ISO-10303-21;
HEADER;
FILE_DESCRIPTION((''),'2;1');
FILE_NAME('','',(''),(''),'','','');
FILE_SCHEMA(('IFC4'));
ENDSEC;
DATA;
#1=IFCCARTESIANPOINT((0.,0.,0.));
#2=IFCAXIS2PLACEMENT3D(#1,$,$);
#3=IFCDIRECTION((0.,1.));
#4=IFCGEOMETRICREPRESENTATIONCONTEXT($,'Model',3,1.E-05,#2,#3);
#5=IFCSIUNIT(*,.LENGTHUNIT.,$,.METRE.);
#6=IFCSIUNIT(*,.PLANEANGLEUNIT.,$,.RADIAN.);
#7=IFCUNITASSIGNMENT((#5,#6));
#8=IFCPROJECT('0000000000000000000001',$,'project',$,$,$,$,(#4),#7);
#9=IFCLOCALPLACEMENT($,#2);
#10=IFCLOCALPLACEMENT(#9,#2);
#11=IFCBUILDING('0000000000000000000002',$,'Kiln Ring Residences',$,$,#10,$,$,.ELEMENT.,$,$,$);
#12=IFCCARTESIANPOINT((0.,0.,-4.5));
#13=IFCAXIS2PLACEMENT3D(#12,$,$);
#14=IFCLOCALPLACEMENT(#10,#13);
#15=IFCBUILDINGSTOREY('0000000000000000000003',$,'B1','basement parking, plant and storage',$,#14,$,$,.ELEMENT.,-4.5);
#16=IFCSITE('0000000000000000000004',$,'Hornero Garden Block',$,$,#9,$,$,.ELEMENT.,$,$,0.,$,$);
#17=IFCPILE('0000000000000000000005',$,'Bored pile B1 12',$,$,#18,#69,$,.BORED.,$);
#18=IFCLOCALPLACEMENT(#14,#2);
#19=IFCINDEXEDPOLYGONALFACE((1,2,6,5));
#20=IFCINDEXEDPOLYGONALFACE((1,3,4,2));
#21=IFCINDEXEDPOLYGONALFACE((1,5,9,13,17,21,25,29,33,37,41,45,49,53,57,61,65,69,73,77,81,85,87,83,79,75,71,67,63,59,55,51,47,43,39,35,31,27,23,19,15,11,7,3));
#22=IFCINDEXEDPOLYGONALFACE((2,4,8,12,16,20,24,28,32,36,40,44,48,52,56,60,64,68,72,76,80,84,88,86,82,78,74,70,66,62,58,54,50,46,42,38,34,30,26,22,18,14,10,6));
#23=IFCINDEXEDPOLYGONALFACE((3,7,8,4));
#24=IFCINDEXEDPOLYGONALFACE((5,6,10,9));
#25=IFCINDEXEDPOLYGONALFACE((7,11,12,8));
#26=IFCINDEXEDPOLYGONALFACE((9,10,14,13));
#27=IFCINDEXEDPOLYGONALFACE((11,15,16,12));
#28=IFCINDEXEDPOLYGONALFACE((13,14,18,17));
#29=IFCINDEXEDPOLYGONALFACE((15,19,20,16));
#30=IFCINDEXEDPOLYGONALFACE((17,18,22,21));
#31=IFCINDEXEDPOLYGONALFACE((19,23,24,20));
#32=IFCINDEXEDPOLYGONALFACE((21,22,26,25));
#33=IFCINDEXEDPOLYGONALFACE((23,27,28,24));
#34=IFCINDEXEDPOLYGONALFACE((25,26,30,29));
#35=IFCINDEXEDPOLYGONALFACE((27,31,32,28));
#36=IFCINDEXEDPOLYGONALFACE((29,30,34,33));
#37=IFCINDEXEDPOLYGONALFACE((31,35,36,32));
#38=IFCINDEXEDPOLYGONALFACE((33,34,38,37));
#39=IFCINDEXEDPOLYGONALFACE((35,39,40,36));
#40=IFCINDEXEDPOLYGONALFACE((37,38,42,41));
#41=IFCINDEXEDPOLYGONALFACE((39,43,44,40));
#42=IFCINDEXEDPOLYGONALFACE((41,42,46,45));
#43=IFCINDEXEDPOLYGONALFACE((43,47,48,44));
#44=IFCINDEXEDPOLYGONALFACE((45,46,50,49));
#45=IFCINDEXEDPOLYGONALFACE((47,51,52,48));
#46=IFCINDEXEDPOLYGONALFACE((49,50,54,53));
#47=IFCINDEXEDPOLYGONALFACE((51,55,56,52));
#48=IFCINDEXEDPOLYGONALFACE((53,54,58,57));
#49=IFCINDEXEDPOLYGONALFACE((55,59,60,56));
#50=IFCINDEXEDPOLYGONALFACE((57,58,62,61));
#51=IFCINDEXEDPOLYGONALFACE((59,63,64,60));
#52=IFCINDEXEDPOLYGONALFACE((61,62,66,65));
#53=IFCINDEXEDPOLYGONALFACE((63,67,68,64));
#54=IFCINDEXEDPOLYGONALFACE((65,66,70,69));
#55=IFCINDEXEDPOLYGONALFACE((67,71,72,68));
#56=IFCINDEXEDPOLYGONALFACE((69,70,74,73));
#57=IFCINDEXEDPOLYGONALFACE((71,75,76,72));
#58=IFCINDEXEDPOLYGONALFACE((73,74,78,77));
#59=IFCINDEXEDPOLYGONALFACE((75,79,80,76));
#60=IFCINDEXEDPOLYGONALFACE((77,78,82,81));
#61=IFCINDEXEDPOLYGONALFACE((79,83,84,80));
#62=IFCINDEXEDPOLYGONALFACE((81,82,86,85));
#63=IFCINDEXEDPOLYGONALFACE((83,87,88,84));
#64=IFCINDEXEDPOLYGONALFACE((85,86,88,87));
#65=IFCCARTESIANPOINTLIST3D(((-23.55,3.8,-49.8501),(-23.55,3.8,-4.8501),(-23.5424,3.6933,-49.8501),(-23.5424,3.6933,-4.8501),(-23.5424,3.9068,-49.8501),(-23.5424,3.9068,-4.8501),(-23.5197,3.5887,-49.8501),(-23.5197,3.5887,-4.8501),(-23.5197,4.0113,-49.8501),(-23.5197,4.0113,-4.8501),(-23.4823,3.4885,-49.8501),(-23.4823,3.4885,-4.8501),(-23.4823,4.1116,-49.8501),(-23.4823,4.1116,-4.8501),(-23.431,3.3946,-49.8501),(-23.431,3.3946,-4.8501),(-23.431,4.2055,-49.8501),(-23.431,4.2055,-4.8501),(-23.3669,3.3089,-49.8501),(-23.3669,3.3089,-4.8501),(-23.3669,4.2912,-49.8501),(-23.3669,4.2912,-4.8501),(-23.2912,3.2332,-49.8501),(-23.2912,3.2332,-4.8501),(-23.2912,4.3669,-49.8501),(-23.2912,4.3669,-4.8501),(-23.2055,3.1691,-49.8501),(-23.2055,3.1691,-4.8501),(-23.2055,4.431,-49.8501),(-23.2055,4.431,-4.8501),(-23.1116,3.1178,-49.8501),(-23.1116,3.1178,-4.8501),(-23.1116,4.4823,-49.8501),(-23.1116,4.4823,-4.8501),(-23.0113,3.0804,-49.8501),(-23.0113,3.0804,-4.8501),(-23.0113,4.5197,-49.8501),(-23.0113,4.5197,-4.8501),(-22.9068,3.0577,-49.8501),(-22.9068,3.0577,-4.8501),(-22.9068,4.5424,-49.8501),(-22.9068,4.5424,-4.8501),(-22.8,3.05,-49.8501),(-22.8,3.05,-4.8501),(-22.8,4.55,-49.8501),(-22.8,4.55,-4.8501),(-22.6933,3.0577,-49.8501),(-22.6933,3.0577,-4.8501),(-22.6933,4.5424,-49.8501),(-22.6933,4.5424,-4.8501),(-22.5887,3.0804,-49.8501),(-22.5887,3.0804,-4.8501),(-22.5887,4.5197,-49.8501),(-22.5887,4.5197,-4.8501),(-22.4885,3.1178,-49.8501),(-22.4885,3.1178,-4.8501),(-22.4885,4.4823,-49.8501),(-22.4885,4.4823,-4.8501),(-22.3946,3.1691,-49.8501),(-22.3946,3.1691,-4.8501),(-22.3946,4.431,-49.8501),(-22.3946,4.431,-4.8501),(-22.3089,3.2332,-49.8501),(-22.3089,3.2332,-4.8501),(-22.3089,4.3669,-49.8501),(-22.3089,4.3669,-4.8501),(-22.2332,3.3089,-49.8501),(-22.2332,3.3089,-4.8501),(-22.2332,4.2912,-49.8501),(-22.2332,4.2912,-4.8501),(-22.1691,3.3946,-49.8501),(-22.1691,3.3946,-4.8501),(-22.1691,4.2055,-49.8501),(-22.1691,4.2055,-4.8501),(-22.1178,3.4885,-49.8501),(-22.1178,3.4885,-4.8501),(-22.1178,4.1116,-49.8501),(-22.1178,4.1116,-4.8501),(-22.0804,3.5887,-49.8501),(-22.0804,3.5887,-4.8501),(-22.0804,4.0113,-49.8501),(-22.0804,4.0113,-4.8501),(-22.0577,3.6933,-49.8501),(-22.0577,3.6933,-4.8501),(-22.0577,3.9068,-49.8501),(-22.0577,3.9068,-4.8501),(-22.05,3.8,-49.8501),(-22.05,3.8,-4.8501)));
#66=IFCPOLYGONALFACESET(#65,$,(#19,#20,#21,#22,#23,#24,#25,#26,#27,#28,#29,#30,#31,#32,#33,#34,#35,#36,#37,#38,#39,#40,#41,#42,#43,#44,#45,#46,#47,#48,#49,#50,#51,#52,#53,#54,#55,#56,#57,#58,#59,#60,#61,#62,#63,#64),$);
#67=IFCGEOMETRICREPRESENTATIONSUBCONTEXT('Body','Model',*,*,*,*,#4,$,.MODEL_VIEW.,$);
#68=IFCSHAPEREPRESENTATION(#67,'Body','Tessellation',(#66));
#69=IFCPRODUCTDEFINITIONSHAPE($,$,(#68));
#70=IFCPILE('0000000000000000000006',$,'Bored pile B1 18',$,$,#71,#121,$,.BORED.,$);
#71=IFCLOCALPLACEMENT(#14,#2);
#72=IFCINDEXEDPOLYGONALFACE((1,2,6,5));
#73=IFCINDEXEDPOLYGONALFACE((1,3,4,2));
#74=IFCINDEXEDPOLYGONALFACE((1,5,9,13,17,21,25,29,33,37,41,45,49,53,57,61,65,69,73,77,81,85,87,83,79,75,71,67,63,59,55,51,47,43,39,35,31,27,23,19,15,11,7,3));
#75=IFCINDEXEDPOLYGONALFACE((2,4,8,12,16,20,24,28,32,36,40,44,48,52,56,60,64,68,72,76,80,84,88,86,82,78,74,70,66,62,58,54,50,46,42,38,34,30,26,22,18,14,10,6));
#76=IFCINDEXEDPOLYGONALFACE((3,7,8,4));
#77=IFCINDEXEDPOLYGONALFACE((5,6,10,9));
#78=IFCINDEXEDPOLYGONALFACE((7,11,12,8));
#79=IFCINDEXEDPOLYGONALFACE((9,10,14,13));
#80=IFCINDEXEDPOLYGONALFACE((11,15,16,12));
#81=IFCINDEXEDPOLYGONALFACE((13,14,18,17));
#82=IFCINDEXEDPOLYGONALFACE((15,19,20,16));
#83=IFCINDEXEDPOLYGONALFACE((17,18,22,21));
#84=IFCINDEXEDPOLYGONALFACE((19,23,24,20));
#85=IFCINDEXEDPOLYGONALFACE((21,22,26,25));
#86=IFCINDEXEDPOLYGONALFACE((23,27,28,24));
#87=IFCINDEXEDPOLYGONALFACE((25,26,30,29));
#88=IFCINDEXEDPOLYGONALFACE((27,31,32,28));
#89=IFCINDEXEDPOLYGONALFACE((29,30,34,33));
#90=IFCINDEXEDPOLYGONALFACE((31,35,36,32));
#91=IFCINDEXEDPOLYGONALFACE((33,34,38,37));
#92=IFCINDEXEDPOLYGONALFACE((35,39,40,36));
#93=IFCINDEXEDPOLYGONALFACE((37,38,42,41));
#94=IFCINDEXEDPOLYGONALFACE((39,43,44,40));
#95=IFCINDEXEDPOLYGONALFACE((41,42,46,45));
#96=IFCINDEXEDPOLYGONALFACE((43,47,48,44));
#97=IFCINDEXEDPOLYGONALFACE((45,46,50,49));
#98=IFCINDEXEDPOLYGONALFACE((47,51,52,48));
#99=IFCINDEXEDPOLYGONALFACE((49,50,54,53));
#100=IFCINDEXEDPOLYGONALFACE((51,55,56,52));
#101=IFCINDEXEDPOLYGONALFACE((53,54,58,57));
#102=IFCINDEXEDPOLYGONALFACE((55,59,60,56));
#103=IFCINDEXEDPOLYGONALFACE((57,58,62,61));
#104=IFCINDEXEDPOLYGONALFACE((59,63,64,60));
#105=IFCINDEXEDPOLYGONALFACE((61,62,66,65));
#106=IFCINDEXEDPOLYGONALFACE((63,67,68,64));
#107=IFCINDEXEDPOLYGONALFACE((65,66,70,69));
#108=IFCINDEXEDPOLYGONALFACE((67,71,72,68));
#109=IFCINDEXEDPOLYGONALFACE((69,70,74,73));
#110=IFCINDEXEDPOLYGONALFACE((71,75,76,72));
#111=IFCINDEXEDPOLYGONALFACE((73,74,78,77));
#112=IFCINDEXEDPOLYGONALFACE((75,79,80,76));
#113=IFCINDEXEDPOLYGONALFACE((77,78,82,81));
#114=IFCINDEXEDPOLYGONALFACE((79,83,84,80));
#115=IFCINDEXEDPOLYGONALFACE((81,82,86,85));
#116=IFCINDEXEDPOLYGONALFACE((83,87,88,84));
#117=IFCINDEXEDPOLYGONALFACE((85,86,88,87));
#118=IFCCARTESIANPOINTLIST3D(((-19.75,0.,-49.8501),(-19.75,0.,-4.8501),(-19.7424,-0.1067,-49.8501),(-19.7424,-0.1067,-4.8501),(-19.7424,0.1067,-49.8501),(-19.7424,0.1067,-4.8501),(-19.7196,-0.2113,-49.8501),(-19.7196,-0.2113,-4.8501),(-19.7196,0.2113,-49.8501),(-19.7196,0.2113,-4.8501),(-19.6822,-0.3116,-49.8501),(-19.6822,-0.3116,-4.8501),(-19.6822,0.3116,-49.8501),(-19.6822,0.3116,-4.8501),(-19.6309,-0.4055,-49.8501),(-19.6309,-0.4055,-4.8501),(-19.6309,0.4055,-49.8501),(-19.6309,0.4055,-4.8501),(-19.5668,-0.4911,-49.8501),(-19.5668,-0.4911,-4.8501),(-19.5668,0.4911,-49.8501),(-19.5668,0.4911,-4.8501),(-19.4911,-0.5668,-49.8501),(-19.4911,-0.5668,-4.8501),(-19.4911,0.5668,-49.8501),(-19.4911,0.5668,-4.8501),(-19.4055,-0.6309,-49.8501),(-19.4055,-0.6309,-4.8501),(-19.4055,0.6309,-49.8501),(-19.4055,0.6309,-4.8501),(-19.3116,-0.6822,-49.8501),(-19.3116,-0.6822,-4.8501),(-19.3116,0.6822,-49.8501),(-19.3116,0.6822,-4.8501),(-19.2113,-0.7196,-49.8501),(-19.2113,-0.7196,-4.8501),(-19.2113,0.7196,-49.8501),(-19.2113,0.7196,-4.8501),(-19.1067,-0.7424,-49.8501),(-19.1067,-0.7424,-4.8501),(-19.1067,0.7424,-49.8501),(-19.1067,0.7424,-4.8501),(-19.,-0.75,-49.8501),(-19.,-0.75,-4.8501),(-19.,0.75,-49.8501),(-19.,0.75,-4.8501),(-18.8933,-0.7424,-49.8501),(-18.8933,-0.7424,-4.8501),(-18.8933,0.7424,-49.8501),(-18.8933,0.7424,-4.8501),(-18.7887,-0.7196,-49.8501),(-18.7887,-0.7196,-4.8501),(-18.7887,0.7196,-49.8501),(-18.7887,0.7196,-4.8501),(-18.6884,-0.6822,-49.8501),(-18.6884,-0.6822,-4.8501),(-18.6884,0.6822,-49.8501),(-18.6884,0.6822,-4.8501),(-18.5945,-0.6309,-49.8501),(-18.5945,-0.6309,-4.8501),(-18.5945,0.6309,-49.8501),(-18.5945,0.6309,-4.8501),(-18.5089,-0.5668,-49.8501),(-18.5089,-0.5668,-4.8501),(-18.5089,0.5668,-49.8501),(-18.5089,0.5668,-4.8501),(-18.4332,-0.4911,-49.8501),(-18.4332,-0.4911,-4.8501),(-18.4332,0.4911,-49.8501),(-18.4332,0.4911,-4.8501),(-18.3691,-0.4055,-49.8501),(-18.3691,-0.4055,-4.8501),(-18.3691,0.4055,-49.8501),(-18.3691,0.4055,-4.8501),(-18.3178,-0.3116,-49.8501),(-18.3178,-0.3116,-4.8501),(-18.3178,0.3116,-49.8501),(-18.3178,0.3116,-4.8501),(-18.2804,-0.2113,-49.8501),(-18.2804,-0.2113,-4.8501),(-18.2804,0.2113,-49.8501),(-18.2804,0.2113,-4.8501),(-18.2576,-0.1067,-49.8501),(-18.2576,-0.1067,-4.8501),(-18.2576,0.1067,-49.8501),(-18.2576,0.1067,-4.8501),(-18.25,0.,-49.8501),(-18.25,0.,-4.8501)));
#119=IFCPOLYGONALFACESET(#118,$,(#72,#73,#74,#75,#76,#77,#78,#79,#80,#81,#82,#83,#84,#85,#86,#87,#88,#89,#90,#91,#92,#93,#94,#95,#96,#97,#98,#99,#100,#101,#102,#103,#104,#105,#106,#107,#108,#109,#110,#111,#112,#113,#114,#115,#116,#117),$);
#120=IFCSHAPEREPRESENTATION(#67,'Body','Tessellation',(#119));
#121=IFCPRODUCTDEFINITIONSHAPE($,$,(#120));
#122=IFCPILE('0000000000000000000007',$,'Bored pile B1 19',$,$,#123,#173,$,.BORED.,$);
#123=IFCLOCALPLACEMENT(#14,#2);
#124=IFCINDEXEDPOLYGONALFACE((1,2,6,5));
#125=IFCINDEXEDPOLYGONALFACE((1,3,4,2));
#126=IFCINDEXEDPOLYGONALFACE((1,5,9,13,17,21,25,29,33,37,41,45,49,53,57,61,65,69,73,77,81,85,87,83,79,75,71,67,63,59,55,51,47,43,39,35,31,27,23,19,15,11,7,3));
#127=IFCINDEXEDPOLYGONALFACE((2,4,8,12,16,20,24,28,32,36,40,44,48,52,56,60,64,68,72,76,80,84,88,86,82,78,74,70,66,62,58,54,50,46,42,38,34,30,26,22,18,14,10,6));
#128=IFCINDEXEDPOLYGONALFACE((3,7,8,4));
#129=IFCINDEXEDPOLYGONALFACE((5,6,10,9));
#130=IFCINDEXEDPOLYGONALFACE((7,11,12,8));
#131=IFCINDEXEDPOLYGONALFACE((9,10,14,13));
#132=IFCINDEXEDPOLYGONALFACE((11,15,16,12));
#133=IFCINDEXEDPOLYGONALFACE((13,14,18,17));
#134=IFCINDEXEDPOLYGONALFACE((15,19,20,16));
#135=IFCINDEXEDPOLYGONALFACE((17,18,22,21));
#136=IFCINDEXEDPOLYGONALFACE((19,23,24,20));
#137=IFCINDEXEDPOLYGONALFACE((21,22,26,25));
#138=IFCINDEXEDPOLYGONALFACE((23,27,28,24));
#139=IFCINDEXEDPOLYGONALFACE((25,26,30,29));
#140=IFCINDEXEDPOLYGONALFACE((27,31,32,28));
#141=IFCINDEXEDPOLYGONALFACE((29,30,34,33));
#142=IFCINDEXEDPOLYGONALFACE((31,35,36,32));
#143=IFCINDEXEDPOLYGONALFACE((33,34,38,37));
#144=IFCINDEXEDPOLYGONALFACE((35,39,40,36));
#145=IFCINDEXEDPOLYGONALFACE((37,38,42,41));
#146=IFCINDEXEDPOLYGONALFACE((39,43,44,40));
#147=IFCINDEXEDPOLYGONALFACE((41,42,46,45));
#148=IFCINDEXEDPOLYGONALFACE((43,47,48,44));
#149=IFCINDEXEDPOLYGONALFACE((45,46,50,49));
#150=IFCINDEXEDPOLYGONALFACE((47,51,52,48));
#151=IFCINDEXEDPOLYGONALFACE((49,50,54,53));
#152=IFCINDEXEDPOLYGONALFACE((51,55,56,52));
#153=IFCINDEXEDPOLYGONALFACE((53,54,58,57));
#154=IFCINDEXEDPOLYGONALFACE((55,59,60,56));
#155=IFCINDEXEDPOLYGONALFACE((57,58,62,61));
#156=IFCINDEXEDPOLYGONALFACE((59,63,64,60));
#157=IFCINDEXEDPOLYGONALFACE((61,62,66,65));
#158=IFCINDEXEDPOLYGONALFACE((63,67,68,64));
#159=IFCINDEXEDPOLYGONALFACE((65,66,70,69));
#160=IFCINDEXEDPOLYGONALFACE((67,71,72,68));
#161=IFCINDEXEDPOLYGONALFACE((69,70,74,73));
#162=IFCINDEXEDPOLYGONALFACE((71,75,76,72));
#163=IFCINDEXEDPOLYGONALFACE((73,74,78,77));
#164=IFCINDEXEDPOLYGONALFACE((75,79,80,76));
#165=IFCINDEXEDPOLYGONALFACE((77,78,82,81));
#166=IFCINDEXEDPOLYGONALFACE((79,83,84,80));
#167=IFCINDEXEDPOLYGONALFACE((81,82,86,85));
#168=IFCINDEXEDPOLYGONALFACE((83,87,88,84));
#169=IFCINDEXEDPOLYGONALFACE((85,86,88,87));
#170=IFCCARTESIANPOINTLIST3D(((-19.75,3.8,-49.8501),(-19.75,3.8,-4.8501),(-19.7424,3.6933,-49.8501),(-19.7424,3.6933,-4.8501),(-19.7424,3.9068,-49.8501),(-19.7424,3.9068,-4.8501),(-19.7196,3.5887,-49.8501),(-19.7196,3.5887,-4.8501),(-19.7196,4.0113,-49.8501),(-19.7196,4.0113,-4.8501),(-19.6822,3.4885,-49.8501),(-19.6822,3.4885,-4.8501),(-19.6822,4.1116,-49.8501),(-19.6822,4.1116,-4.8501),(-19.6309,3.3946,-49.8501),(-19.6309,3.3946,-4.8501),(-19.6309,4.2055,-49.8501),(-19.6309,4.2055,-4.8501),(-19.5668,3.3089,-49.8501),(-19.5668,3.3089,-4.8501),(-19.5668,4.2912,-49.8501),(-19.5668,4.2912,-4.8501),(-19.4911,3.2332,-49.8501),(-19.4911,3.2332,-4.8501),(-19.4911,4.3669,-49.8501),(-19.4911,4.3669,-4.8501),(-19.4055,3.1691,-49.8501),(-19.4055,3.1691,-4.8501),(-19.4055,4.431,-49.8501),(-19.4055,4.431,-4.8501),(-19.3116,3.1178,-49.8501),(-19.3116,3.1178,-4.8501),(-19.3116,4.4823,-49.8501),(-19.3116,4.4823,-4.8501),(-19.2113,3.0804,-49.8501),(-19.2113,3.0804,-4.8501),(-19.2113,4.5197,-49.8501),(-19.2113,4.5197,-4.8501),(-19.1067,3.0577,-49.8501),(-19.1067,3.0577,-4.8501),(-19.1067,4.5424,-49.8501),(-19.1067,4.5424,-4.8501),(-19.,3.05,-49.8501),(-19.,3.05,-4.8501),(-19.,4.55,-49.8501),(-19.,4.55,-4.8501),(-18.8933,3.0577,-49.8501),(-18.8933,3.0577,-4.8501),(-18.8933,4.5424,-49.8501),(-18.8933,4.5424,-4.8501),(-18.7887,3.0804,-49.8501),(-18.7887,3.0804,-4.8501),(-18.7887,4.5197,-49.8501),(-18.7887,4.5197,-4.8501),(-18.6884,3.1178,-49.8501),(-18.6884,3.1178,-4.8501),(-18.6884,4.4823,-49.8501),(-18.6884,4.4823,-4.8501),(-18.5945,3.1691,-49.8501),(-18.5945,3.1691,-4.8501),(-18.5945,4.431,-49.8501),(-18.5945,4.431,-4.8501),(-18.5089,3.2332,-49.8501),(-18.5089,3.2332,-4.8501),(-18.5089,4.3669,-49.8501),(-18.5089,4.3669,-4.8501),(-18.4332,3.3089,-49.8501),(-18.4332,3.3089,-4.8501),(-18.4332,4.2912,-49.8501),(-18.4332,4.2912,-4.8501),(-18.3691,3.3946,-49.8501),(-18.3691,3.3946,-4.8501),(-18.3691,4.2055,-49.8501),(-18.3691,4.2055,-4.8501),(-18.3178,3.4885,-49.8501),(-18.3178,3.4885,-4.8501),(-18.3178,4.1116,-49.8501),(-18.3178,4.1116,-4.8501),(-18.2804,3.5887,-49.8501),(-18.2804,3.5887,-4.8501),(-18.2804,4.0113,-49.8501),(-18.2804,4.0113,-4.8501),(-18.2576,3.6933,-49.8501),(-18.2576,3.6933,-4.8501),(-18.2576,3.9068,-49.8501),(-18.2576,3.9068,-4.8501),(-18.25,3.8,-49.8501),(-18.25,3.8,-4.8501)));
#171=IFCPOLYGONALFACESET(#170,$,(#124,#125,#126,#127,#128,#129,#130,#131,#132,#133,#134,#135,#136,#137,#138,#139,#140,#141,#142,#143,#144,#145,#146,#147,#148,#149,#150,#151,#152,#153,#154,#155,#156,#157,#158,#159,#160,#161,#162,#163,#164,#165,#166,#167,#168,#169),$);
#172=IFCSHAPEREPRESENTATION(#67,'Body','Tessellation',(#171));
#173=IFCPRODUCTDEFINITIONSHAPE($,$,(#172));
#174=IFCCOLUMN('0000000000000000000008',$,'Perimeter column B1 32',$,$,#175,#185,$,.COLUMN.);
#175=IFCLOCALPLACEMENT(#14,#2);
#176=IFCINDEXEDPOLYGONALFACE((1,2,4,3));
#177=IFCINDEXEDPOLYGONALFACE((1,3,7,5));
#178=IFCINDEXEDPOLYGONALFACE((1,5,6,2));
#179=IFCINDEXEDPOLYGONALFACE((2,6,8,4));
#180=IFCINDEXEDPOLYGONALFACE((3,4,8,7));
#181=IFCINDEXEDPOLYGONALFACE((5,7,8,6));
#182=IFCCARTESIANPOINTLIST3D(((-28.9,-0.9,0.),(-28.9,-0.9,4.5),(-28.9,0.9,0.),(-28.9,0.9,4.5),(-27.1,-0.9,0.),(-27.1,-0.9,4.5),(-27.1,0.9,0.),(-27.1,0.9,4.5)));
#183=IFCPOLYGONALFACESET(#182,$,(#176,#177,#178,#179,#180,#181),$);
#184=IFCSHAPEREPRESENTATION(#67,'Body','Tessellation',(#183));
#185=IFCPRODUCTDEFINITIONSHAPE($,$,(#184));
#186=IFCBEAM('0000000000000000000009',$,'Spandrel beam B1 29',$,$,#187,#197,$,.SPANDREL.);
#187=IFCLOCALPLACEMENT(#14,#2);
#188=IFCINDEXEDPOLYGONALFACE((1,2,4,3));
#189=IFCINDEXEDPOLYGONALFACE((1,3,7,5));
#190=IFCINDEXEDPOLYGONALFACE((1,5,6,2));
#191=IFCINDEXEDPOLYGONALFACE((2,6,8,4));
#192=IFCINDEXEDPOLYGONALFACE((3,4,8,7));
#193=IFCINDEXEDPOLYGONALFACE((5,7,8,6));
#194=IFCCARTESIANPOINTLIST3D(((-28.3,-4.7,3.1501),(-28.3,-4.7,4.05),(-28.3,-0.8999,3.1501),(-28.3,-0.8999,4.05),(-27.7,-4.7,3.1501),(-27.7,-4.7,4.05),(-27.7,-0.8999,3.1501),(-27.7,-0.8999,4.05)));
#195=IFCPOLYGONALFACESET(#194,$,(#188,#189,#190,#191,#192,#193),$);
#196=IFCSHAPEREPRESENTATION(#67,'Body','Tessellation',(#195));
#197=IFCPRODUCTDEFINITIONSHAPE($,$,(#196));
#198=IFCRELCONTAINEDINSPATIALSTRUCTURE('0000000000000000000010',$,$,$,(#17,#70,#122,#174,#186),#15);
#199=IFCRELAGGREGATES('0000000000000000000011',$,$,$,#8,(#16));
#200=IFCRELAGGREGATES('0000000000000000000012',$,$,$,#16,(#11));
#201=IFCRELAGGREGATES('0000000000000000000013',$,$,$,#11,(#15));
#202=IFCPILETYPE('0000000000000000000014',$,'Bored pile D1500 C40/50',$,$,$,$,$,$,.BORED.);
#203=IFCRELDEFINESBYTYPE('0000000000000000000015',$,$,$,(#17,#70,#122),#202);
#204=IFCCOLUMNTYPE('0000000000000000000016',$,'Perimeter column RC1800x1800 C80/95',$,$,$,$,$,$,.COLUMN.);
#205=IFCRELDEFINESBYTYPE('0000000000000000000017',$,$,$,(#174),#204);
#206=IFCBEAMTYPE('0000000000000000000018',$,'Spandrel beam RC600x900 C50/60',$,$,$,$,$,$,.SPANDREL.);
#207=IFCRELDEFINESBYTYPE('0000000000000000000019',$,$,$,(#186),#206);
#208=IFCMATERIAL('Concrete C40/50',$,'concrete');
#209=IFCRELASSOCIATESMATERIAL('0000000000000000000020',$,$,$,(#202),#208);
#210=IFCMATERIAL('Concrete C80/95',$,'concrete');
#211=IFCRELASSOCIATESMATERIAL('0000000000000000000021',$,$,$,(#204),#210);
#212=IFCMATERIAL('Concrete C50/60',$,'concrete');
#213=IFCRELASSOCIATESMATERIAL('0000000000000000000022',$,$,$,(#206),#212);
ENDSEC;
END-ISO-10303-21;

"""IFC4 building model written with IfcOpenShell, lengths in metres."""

from ifc_helpers import new_model, si_unit, direction, frame, origin, origin_2d, place, context, subcontext, project, spatial, rectangle, circle, extrude, material, material_profile, profile_set, type_object, element, save


model = new_model("IFC4")

# Units and contexts
model_context = context("Model", 3, precision=1e-05, world=origin(), true_north=direction((0.0, 1.0)))
body_context = subcontext(model_context, "Body", "Model", "MODEL_VIEW")
ifc_project = project(units=[si_unit("LENGTHUNIT", "METRE"), si_unit("PLANEANGLEUNIT", "RADIAN")], contexts=[model_context])

# Site, building, storey
site_placement = place(None, origin())
site = spatial("IfcSite", under=ifc_project, at=site_placement, Name="Hornero Garden Block", CompositionType="ELEMENT", RefElevation=0.0)
building_placement = place(site_placement, origin())
building = spatial("IfcBuilding", under=site, at=building_placement, Name="Kiln Ring Residences", CompositionType="ELEMENT")
storey_placement = place(building_placement, frame((0.0, 0.0, -4.5)))
storey = spatial("IfcBuildingStorey", under=building, at=storey_placement, Name="B1", Description="basement parking, plant and storage", CompositionType="ELEMENT", Elevation=-4.5)

# Piles
ifc_material_1 = material(Name="Concrete C40/50", Category="concrete")
ifc_material_profile_1 = material_profile(ifc_material_1, circle(Radius=0.75, at=origin_2d()), Name="BORED1500")
ifc_profile_set_1 = profile_set([ifc_material_profile_1], Name="Concrete C40/50")
pile_type = type_object("IfcPileType", Name="Bored pile D1500 C40/50", PredefinedType="BORED", material=ifc_profile_set_1)
for number, where, z_axis, x_axis, name in (
    (1, (-22.8, 3.8, -4.8501), (0.0, 0.0, -1.0), (1.0, 0.0, 0.0), "Bored pile B1 12"),
    (2, (-19.0, 0.0, -4.8501), (0.0, 0.0, -1.0), (1.0, 0.0, 0.0), "Bored pile B1 18"),
    (3, (-19.0, 3.8, -4.8501), (0.0, 0.0, -1.0), (1.0, 0.0, 0.0), "Bored pile B1 19"),
):
    element("IfcPile", number, at=place(storey_placement, frame(where, z_axis=z_axis, x_axis=x_axis)), inside=storey, type_object=pile_type, Name=name, PredefinedType="BORED", context=body_context, shape_type="SweptSolid", body=[
        extrude(circle(Radius=0.75, at=origin_2d()), origin(), (0.0, 0.0, 1.0), 45.0),
    ])

# Column
ifc_material_2 = material(Name="Concrete C80/95", Category="concrete")
ifc_material_profile_2 = material_profile(ifc_material_2, rectangle(XDim=1.8, YDim=1.8, at=origin_2d()), Name="RC1800x1800")
ifc_profile_set_2 = profile_set([ifc_material_profile_2], Name="Concrete C80/95")
column_type = type_object("IfcColumnType", Name="Perimeter column RC1800x1800 C80/95", PredefinedType="COLUMN", material=ifc_profile_set_2)
column_placement = place(storey_placement, frame((-28.0, 0.0, 0.0), z_axis=(0.0, 0.0, 1.0), x_axis=(1.0, 0.0, 0.0)))
element("IfcColumn", 4, at=column_placement, inside=storey, type_object=column_type, Name="Perimeter column B1 32", PredefinedType="COLUMN", context=body_context, shape_type="SweptSolid", body=[
    extrude(rectangle(XDim=1.8, YDim=1.8, at=origin_2d()), origin(), (0.0, 0.0, 1.0), 4.5),
])

# Beam
ifc_material_3 = material(Name="Concrete C50/60", Category="concrete")
ifc_material_profile_3 = material_profile(ifc_material_3, rectangle(XDim=0.6001, YDim=0.8999, at=origin_2d()), Name="RC600x900")
ifc_profile_set_3 = profile_set([ifc_material_profile_3], Name="Concrete C50/60")
beam_type = type_object("IfcBeamType", Name="Spandrel beam RC600x900 C50/60", PredefinedType="SPANDREL", material=ifc_profile_set_3)
beam_placement = place(storey_placement, frame((-28.0, -0.8999, 3.6001), z_axis=(0.0, -1.0, 0.0), x_axis=(1.0, 0.0, 0.0)))
element("IfcBeam", 5, at=beam_placement, inside=storey, type_object=beam_type, Name="Spandrel beam B1 29", PredefinedType="SPANDREL", context=body_context, shape_type="SweptSolid", body=[
    extrude(rectangle(XDim=0.6001, YDim=0.8999, at=origin_2d()), origin(), (0.0, 0.0, 1.0), 3.8),
])

save(model, "model.ifc")
